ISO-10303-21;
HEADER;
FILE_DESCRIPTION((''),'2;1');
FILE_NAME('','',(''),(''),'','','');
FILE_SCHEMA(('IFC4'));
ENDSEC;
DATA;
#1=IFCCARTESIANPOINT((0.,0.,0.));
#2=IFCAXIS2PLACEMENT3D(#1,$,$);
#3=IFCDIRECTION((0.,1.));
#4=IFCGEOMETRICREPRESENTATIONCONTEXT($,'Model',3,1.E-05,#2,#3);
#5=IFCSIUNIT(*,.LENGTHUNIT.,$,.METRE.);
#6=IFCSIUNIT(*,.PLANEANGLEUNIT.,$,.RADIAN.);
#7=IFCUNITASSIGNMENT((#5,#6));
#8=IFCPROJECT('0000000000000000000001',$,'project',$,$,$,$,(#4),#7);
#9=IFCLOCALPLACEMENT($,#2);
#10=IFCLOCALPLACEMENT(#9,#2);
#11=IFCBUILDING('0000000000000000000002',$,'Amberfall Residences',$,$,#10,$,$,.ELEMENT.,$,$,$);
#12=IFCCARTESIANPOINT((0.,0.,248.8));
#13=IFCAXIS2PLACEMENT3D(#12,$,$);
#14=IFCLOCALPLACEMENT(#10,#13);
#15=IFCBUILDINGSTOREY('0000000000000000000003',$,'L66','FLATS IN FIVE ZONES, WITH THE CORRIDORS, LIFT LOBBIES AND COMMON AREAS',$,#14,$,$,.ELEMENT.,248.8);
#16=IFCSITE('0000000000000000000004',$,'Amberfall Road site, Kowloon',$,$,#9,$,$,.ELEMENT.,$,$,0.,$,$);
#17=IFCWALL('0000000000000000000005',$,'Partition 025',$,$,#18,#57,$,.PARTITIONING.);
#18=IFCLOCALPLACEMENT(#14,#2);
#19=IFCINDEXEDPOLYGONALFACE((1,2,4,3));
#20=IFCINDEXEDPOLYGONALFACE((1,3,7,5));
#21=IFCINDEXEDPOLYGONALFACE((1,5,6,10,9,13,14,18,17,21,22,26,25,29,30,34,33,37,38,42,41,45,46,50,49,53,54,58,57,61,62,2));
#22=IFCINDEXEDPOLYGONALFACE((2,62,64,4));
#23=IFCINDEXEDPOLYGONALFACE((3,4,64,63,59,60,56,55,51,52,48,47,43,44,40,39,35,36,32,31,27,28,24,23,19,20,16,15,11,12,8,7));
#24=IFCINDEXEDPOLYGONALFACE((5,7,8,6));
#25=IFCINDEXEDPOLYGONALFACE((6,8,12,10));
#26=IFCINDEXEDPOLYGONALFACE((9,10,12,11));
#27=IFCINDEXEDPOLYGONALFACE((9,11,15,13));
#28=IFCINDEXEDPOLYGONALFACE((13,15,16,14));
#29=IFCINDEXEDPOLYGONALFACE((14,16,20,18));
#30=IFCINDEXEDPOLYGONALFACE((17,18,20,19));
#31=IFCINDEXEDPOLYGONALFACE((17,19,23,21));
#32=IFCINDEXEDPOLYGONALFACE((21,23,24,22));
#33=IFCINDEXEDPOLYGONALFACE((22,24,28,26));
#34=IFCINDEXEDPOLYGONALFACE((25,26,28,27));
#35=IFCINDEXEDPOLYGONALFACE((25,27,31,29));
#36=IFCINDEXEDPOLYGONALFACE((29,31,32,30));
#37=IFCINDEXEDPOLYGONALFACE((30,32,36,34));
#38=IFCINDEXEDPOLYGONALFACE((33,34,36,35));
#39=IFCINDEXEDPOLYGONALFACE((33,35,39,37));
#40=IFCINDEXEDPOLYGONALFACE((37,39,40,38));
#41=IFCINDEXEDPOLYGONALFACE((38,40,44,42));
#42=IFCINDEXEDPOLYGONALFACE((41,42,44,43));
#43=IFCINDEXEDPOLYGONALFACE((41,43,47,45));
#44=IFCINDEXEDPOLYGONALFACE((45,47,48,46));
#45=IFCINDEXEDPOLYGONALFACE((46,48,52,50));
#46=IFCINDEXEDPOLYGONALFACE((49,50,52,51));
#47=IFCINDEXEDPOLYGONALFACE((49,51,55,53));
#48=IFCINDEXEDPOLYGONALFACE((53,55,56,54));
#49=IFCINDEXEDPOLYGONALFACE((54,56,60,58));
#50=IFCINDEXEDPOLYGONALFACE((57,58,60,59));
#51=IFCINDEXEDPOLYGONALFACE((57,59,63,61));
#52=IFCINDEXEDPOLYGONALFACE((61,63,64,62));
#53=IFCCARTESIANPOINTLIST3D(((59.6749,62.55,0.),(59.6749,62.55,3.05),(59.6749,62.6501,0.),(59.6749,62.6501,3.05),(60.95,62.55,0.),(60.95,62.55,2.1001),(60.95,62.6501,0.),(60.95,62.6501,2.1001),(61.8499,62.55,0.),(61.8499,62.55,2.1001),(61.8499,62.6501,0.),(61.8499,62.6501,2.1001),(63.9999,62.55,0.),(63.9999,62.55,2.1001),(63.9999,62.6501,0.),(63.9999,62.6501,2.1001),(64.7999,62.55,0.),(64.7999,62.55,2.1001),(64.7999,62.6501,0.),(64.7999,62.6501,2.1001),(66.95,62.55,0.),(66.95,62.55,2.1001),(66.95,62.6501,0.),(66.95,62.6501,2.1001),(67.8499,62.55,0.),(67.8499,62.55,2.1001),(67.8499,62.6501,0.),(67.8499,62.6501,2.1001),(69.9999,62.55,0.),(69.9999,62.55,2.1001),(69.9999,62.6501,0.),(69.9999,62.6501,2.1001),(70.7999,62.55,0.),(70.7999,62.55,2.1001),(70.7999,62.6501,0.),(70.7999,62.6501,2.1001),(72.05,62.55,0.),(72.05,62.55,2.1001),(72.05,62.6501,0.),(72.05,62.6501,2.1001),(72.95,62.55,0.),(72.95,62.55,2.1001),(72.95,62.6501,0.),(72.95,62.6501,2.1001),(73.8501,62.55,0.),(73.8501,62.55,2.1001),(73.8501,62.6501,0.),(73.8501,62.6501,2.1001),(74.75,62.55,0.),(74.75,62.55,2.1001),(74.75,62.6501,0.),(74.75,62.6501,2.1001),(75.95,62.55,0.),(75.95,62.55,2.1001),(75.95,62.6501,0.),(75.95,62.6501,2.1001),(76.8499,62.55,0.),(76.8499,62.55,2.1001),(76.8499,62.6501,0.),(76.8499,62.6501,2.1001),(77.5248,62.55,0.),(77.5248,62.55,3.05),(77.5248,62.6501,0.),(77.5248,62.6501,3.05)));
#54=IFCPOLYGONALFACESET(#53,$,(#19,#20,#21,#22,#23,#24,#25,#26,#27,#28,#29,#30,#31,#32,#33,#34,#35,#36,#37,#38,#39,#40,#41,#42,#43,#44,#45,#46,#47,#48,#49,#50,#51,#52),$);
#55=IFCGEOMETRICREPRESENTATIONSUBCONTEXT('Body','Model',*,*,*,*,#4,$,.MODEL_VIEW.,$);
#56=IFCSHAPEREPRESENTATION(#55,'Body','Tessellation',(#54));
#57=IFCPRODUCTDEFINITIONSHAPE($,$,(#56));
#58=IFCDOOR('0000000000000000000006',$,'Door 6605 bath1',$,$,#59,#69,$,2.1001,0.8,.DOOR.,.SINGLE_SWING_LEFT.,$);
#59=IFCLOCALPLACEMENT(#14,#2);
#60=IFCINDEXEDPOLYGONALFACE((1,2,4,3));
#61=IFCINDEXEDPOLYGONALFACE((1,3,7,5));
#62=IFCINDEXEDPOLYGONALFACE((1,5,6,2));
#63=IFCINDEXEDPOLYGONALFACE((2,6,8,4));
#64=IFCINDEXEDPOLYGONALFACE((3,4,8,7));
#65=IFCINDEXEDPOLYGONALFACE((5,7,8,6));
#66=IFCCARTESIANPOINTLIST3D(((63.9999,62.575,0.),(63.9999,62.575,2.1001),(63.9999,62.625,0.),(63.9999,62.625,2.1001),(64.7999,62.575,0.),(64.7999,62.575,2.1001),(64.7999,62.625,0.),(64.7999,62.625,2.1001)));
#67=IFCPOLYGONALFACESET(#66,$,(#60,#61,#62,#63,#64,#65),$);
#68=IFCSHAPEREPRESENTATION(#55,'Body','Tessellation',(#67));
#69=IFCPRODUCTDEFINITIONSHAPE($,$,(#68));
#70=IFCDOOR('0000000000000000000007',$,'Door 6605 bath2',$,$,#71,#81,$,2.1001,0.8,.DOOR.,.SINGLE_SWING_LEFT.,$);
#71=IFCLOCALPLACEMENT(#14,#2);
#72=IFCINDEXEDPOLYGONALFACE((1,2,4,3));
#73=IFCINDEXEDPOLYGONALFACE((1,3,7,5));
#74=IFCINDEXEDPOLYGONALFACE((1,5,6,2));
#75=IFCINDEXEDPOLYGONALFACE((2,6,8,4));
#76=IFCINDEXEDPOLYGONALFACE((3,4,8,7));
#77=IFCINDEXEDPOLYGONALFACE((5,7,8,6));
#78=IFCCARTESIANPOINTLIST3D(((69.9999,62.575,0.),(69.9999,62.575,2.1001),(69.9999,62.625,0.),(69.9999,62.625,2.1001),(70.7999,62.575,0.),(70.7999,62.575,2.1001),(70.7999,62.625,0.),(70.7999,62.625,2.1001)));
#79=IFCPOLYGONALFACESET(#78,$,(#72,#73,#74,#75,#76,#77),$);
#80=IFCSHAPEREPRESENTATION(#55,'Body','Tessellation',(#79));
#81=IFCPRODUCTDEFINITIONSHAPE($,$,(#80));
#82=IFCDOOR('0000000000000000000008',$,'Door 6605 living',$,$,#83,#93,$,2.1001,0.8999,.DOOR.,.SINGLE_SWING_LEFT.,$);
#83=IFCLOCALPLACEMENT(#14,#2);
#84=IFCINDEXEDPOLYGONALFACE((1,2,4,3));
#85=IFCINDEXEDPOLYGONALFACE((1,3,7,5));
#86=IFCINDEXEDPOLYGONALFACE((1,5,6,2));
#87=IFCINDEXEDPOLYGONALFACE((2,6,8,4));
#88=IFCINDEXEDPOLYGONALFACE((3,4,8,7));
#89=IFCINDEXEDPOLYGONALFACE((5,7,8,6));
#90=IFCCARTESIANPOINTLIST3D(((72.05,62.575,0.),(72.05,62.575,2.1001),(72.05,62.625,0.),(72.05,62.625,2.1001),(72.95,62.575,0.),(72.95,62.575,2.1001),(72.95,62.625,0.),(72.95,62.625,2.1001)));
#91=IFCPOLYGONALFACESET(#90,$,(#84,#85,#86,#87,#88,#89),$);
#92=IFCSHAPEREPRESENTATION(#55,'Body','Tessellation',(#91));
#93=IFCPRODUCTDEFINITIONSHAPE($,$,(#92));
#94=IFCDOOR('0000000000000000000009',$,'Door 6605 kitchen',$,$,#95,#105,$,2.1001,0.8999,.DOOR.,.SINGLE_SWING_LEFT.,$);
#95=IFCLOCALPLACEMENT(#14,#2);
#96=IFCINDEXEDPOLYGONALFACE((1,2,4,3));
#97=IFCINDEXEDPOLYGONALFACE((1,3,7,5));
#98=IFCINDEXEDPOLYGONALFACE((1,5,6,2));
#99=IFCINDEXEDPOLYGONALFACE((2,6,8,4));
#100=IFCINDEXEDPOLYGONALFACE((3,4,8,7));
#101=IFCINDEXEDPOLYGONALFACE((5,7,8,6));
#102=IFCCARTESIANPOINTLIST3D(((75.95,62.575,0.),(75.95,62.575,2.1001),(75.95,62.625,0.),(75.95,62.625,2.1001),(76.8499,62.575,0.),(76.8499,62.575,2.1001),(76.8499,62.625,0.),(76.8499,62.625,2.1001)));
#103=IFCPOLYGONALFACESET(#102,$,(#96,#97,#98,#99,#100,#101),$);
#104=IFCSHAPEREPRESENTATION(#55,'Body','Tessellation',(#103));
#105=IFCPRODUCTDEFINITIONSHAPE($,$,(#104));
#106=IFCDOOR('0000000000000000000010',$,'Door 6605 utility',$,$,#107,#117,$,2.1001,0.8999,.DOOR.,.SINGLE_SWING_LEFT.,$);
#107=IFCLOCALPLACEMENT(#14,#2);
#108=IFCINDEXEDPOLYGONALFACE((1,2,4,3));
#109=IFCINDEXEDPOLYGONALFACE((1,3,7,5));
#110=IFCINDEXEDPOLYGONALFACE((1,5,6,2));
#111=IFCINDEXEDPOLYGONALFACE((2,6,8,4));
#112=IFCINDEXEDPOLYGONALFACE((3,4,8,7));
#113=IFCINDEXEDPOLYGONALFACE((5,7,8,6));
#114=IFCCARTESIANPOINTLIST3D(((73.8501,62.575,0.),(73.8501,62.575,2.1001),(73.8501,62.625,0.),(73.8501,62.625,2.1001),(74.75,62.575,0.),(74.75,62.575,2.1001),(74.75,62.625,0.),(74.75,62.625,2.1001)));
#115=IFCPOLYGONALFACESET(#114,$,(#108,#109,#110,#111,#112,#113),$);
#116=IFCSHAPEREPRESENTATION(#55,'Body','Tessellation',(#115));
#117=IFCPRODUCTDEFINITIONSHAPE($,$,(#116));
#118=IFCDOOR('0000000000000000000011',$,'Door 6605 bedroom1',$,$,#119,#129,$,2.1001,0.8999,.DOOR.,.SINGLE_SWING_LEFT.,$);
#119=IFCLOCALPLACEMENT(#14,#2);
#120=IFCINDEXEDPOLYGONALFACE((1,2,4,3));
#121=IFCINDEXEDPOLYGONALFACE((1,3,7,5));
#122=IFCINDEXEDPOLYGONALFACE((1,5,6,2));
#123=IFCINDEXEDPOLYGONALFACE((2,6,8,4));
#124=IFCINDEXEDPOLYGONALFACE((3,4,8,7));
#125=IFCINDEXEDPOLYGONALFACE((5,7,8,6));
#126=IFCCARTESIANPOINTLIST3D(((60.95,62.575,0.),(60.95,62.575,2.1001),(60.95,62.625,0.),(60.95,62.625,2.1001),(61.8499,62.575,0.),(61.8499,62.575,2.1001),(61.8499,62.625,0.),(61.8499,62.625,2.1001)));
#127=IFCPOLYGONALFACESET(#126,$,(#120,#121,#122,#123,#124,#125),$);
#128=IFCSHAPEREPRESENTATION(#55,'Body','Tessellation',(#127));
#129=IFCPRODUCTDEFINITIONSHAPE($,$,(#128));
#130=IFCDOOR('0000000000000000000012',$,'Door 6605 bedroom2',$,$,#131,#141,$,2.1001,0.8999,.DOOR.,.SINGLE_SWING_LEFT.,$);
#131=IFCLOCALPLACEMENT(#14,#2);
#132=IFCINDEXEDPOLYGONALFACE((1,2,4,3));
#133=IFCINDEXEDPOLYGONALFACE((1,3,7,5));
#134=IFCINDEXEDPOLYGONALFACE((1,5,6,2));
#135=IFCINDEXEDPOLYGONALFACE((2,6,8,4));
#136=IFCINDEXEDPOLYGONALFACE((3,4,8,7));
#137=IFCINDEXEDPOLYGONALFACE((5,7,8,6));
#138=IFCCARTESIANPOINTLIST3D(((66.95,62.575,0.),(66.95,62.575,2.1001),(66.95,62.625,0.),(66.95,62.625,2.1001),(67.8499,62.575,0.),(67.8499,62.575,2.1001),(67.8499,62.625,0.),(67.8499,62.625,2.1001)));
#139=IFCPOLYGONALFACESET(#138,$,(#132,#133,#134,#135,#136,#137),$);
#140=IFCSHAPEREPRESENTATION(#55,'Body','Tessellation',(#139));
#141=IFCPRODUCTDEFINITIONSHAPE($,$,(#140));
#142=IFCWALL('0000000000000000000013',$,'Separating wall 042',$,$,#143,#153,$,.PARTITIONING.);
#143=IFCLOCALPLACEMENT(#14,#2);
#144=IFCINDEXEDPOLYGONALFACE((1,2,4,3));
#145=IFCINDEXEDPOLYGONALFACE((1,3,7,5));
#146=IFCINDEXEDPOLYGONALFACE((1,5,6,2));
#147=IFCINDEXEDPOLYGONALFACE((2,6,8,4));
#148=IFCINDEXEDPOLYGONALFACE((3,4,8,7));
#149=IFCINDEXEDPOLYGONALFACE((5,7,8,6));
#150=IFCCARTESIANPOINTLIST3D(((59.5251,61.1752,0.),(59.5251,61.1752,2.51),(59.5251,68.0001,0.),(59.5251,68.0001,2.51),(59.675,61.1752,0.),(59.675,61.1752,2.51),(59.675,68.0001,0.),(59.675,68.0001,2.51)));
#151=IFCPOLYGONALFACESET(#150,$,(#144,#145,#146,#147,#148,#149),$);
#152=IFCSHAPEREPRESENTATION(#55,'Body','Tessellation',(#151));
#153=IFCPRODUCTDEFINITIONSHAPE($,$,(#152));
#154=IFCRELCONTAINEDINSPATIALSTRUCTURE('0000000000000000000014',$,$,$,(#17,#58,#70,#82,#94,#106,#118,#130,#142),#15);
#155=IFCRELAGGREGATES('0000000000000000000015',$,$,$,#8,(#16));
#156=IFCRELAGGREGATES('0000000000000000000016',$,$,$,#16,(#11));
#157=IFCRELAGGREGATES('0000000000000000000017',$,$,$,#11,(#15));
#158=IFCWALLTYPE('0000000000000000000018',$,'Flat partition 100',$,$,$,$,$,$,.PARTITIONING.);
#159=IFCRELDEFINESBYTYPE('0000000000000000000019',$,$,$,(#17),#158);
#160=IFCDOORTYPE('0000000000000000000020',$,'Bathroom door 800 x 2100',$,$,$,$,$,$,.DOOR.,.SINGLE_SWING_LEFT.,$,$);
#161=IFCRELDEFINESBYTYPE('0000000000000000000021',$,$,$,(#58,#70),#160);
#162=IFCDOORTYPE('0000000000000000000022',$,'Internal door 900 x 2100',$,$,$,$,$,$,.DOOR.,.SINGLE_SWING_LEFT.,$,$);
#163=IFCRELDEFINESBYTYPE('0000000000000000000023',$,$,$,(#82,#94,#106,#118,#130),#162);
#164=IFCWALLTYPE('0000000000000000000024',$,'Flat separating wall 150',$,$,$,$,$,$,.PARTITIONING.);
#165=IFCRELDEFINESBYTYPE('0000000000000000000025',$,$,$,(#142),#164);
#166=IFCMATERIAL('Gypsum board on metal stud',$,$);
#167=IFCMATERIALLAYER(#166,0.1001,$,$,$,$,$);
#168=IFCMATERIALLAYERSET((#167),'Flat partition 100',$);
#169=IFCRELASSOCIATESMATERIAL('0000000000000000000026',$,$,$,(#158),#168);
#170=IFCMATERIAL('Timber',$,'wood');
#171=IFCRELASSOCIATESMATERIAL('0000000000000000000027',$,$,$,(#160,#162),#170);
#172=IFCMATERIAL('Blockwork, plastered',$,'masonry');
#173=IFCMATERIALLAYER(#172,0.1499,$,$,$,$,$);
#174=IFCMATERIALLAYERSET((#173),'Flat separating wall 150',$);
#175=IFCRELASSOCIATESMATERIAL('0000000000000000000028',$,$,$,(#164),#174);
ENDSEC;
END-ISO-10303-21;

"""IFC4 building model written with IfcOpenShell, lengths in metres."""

from ifc_helpers import new_model, si_unit, direction, frame, frame_2d, origin, place, context, subcontext, project, spatial, rectangle, extrude, material, layer, layer_set, type_object, element, fill, save


model = new_model("IFC4")

# Units and contexts
model_context = context("Model", 3, precision=1e-05, world=origin(), true_north=direction((0.0, 1.0)))
body_context = subcontext(model_context, "Body", "Model", "MODEL_VIEW")
ifc_project = project(units=[si_unit("LENGTHUNIT", "METRE"), si_unit("PLANEANGLEUNIT", "RADIAN")], contexts=[model_context])

# Site, building, storey
site_placement = place(None, origin())
site = spatial("IfcSite", under=ifc_project, at=site_placement, Name="Amberfall Road site, Kowloon", CompositionType="ELEMENT", RefElevation=0.0)
building_placement = place(site_placement, origin())
building = spatial("IfcBuilding", under=site, at=building_placement, Name="Amberfall Residences", CompositionType="ELEMENT")
storey_placement = place(building_placement, frame((0.0, 0.0, 248.8)))
storey = spatial("IfcBuildingStorey", under=building, at=storey_placement, Name="L66", Description="FLATS IN FIVE ZONES, WITH THE CORRIDORS, LIFT LOBBIES AND COMMON AREAS", CompositionType="ELEMENT", Elevation=248.8)

# Shared definitions
ifc_material_1 = material(Name="Gypsum board on metal stud")
ifc_layer_1 = layer(ifc_material_1, 0.1001)
ifc_layer_set_1 = layer_set([ifc_layer_1], Name="Flat partition 100")
wall_type_1 = type_object("IfcWallType", Name="Flat partition 100", PredefinedType="PARTITIONING", material=ifc_layer_set_1)

# Wall, openings, doors
wall_1_placement = place(storey_placement, frame((59.675, 62.6001, 0.0), z_axis=(0.0, 0.0, 1.0), x_axis=(1.0, 0.0, 0.0)))
wall_1 = element("IfcWall", 1, at=wall_1_placement, inside=storey, type_object=wall_type_1, Name="Partition 025", PredefinedType="PARTITIONING", context=body_context, shape_type="SweptSolid", body=[
    extrude(rectangle(XDim=17.8499, YDim=0.1001, at=frame_2d((8.9248, 0.0))), origin(), (0.0, 0.0, 1.0), 3.05),
])
opening_1_placement = place(wall_1_placement, frame((12.375, 0.0, 0.0)))
opening_1 = element("IfcOpeningElement", 2, at=opening_1_placement, cuts=wall_1, PredefinedType="OPENING", context=body_context, shape_type="SweptSolid", body=[
    extrude(rectangle(XDim=0.8999, YDim=2.1001, at=frame_2d((0.45, 1.05))), frame((0.0, 0.0601, 0.0), z_axis=(0.0, -1.0, 0.0), x_axis=(1.0, 0.0, 0.0)), (0.0, 0.0, 1.0), 0.1201),
])
opening_2_placement = place(wall_1_placement, frame((16.2749, 0.0, 0.0)))
opening_2 = element("IfcOpeningElement", 3, at=opening_2_placement, cuts=wall_1, PredefinedType="OPENING", context=body_context, shape_type="SweptSolid", body=[
    extrude(rectangle(XDim=0.8999, YDim=2.1001, at=frame_2d((0.45, 1.05))), frame((0.0, 0.0601, 0.0), z_axis=(0.0, -1.0, 0.0), x_axis=(1.0, 0.0, 0.0)), (0.0, 0.0, 1.0), 0.1201),
])
opening_3_placement = place(wall_1_placement, frame((14.175, 0.0, 0.0)))
opening_3 = element("IfcOpeningElement", 4, at=opening_3_placement, cuts=wall_1, PredefinedType="OPENING", context=body_context, shape_type="SweptSolid", body=[
    extrude(rectangle(XDim=0.8999, YDim=2.1001, at=frame_2d((0.45, 1.05))), frame((0.0, 0.0601, 0.0), z_axis=(0.0, -1.0, 0.0), x_axis=(1.0, 0.0, 0.0)), (0.0, 0.0, 1.0), 0.1201),
])
opening_4_placement = place(wall_1_placement, frame((1.2749, 0.0, 0.0)))
opening_4 = element("IfcOpeningElement", 5, at=opening_4_placement, cuts=wall_1, PredefinedType="OPENING", context=body_context, shape_type="SweptSolid", body=[
    extrude(rectangle(XDim=0.8999, YDim=2.1001, at=frame_2d((0.45, 1.05))), frame((0.0, 0.0601, 0.0), z_axis=(0.0, -1.0, 0.0), x_axis=(1.0, 0.0, 0.0)), (0.0, 0.0, 1.0), 0.1201),
])
opening_5_placement = place(wall_1_placement, frame((7.2749, 0.0, 0.0)))
opening_5 = element("IfcOpeningElement", 6, at=opening_5_placement, cuts=wall_1, PredefinedType="OPENING", context=body_context, shape_type="SweptSolid", body=[
    extrude(rectangle(XDim=0.8999, YDim=2.1001, at=frame_2d((0.45, 1.05))), frame((0.0, 0.0601, 0.0), z_axis=(0.0, -1.0, 0.0), x_axis=(1.0, 0.0, 0.0)), (0.0, 0.0, 1.0), 0.1201),
])
opening_6_placement = place(wall_1_placement, frame((4.325, 0.0, 0.0)))
opening_6 = element("IfcOpeningElement", 7, at=opening_6_placement, cuts=wall_1, PredefinedType="OPENING", context=body_context, shape_type="SweptSolid", body=[
    extrude(rectangle(XDim=0.8, YDim=2.1001, at=frame_2d((0.3999, 1.05))), frame((0.0, 0.0601, 0.0), z_axis=(0.0, -1.0, 0.0), x_axis=(1.0, 0.0, 0.0)), (0.0, 0.0, 1.0), 0.1201),
])
opening_7_placement = place(wall_1_placement, frame((10.325, 0.0, 0.0)))
opening_7 = element("IfcOpeningElement", 8, at=opening_7_placement, cuts=wall_1, PredefinedType="OPENING", context=body_context, shape_type="SweptSolid", body=[
    extrude(rectangle(XDim=0.8, YDim=2.1001, at=frame_2d((0.3999, 1.05))), frame((0.0, 0.0601, 0.0), z_axis=(0.0, -1.0, 0.0), x_axis=(1.0, 0.0, 0.0)), (0.0, 0.0, 1.0), 0.1201),
])
ifc_material_2 = material(Name="Timber", Category="wood")
door_type_1 = type_object("IfcDoorType", Name="Bathroom door 800 x 2100", OperationType="SINGLE_SWING_LEFT", PredefinedType="DOOR", material=ifc_material_2)
door_1_placement = place(opening_6_placement, origin())
door_1 = element("IfcDoor", 9, at=door_1_placement, inside=storey, type_object=door_type_1, Name="Door 6605 bath1", OperationType="SINGLE_SWING_LEFT", OverallHeight=2.1001, OverallWidth=0.8, PredefinedType="DOOR", context=body_context, shape_type="SweptSolid", body=[
    extrude(rectangle(XDim=0.8, YDim=2.1001, at=frame_2d((0.3999, 1.05))), frame((0.0, 0.0249, 0.0), z_axis=(0.0, -1.0, 0.0), x_axis=(1.0, 0.0, 0.0)), (0.0, 0.0, 1.0), 0.05),
])
fill(opening_6, door_1)
door_2_placement = place(opening_7_placement, origin())
door_2 = element("IfcDoor", 10, at=door_2_placement, inside=storey, type_object=door_type_1, Name="Door 6605 bath2", OperationType="SINGLE_SWING_LEFT", OverallHeight=2.1001, OverallWidth=0.8, PredefinedType="DOOR", context=body_context, shape_type="SweptSolid", body=[
    extrude(rectangle(XDim=0.8, YDim=2.1001, at=frame_2d((0.3999, 1.05))), frame((0.0, 0.0249, 0.0), z_axis=(0.0, -1.0, 0.0), x_axis=(1.0, 0.0, 0.0)), (0.0, 0.0, 1.0), 0.05),
])
fill(opening_7, door_2)
door_type_2 = type_object("IfcDoorType", Name="Internal door 900 x 2100", OperationType="SINGLE_SWING_LEFT", PredefinedType="DOOR", material=ifc_material_2)
door_3_placement = place(opening_1_placement, origin())
door_3 = element("IfcDoor", 11, at=door_3_placement, inside=storey, type_object=door_type_2, Name="Door 6605 living", OperationType="SINGLE_SWING_LEFT", OverallHeight=2.1001, OverallWidth=0.8999, PredefinedType="DOOR", context=body_context, shape_type="SweptSolid", body=[
    extrude(rectangle(XDim=0.8999, YDim=2.1001, at=frame_2d((0.45, 1.05))), frame((0.0, 0.0249, 0.0), z_axis=(0.0, -1.0, 0.0), x_axis=(1.0, 0.0, 0.0)), (0.0, 0.0, 1.0), 0.05),
])
fill(opening_1, door_3)
door_4_placement = place(opening_2_placement, origin())
door_4 = element("IfcDoor", 12, at=door_4_placement, inside=storey, type_object=door_type_2, Name="Door 6605 kitchen", OperationType="SINGLE_SWING_LEFT", OverallHeight=2.1001, OverallWidth=0.8999, PredefinedType="DOOR", context=body_context, shape_type="SweptSolid", body=[
    extrude(rectangle(XDim=0.8999, YDim=2.1001, at=frame_2d((0.45, 1.05))), frame((0.0, 0.0249, 0.0), z_axis=(0.0, -1.0, 0.0), x_axis=(1.0, 0.0, 0.0)), (0.0, 0.0, 1.0), 0.05),
])
fill(opening_2, door_4)
door_5_placement = place(opening_3_placement, origin())
door_5 = element("IfcDoor", 13, at=door_5_placement, inside=storey, type_object=door_type_2, Name="Door 6605 utility", OperationType="SINGLE_SWING_LEFT", OverallHeight=2.1001, OverallWidth=0.8999, PredefinedType="DOOR", context=body_context, shape_type="SweptSolid", body=[
    extrude(rectangle(XDim=0.8999, YDim=2.1001, at=frame_2d((0.45, 1.05))), frame((0.0, 0.0249, 0.0), z_axis=(0.0, -1.0, 0.0), x_axis=(1.0, 0.0, 0.0)), (0.0, 0.0, 1.0), 0.05),
])
fill(opening_3, door_5)
door_6_placement = place(opening_4_placement, origin())
door_6 = element("IfcDoor", 14, at=door_6_placement, inside=storey, type_object=door_type_2, Name="Door 6605 bedroom1", OperationType="SINGLE_SWING_LEFT", OverallHeight=2.1001, OverallWidth=0.8999, PredefinedType="DOOR", context=body_context, shape_type="SweptSolid", body=[
    extrude(rectangle(XDim=0.8999, YDim=2.1001, at=frame_2d((0.45, 1.05))), frame((0.0, 0.0249, 0.0), z_axis=(0.0, -1.0, 0.0), x_axis=(1.0, 0.0, 0.0)), (0.0, 0.0, 1.0), 0.05),
])
fill(opening_4, door_6)
door_7_placement = place(opening_5_placement, origin())
door_7 = element("IfcDoor", 15, at=door_7_placement, inside=storey, type_object=door_type_2, Name="Door 6605 bedroom2", OperationType="SINGLE_SWING_LEFT", OverallHeight=2.1001, OverallWidth=0.8999, PredefinedType="DOOR", context=body_context, shape_type="SweptSolid", body=[
    extrude(rectangle(XDim=0.8999, YDim=2.1001, at=frame_2d((0.45, 1.05))), frame((0.0, 0.0249, 0.0), z_axis=(0.0, -1.0, 0.0), x_axis=(1.0, 0.0, 0.0)), (0.0, 0.0, 1.0), 0.05),
])
fill(opening_5, door_7)

# Wall
ifc_material_3 = material(Name="Blockwork, plastered", Category="masonry")
ifc_layer_2 = layer(ifc_material_3, 0.1499)
ifc_layer_set_2 = layer_set([ifc_layer_2], Name="Flat separating wall 150")
wall_type_2 = type_object("IfcWallType", Name="Flat separating wall 150", PredefinedType="PARTITIONING", material=ifc_layer_set_2)
wall_2_placement = place(storey_placement, frame((59.6001, 61.175, 0.0), z_axis=(0.0, 0.0, 1.0), x_axis=(0.0, 1.0, 0.0)))
element("IfcWall", 16, at=wall_2_placement, inside=storey, type_object=wall_type_2, Name="Separating wall 042", PredefinedType="PARTITIONING", context=body_context, shape_type="SweptSolid", body=[
    extrude(rectangle(XDim=6.825, YDim=0.1499, at=frame_2d((3.4126, 0.0))), origin(), (0.0, 0.0, 1.0), 2.51),
])

save(model, "model.ifc")
